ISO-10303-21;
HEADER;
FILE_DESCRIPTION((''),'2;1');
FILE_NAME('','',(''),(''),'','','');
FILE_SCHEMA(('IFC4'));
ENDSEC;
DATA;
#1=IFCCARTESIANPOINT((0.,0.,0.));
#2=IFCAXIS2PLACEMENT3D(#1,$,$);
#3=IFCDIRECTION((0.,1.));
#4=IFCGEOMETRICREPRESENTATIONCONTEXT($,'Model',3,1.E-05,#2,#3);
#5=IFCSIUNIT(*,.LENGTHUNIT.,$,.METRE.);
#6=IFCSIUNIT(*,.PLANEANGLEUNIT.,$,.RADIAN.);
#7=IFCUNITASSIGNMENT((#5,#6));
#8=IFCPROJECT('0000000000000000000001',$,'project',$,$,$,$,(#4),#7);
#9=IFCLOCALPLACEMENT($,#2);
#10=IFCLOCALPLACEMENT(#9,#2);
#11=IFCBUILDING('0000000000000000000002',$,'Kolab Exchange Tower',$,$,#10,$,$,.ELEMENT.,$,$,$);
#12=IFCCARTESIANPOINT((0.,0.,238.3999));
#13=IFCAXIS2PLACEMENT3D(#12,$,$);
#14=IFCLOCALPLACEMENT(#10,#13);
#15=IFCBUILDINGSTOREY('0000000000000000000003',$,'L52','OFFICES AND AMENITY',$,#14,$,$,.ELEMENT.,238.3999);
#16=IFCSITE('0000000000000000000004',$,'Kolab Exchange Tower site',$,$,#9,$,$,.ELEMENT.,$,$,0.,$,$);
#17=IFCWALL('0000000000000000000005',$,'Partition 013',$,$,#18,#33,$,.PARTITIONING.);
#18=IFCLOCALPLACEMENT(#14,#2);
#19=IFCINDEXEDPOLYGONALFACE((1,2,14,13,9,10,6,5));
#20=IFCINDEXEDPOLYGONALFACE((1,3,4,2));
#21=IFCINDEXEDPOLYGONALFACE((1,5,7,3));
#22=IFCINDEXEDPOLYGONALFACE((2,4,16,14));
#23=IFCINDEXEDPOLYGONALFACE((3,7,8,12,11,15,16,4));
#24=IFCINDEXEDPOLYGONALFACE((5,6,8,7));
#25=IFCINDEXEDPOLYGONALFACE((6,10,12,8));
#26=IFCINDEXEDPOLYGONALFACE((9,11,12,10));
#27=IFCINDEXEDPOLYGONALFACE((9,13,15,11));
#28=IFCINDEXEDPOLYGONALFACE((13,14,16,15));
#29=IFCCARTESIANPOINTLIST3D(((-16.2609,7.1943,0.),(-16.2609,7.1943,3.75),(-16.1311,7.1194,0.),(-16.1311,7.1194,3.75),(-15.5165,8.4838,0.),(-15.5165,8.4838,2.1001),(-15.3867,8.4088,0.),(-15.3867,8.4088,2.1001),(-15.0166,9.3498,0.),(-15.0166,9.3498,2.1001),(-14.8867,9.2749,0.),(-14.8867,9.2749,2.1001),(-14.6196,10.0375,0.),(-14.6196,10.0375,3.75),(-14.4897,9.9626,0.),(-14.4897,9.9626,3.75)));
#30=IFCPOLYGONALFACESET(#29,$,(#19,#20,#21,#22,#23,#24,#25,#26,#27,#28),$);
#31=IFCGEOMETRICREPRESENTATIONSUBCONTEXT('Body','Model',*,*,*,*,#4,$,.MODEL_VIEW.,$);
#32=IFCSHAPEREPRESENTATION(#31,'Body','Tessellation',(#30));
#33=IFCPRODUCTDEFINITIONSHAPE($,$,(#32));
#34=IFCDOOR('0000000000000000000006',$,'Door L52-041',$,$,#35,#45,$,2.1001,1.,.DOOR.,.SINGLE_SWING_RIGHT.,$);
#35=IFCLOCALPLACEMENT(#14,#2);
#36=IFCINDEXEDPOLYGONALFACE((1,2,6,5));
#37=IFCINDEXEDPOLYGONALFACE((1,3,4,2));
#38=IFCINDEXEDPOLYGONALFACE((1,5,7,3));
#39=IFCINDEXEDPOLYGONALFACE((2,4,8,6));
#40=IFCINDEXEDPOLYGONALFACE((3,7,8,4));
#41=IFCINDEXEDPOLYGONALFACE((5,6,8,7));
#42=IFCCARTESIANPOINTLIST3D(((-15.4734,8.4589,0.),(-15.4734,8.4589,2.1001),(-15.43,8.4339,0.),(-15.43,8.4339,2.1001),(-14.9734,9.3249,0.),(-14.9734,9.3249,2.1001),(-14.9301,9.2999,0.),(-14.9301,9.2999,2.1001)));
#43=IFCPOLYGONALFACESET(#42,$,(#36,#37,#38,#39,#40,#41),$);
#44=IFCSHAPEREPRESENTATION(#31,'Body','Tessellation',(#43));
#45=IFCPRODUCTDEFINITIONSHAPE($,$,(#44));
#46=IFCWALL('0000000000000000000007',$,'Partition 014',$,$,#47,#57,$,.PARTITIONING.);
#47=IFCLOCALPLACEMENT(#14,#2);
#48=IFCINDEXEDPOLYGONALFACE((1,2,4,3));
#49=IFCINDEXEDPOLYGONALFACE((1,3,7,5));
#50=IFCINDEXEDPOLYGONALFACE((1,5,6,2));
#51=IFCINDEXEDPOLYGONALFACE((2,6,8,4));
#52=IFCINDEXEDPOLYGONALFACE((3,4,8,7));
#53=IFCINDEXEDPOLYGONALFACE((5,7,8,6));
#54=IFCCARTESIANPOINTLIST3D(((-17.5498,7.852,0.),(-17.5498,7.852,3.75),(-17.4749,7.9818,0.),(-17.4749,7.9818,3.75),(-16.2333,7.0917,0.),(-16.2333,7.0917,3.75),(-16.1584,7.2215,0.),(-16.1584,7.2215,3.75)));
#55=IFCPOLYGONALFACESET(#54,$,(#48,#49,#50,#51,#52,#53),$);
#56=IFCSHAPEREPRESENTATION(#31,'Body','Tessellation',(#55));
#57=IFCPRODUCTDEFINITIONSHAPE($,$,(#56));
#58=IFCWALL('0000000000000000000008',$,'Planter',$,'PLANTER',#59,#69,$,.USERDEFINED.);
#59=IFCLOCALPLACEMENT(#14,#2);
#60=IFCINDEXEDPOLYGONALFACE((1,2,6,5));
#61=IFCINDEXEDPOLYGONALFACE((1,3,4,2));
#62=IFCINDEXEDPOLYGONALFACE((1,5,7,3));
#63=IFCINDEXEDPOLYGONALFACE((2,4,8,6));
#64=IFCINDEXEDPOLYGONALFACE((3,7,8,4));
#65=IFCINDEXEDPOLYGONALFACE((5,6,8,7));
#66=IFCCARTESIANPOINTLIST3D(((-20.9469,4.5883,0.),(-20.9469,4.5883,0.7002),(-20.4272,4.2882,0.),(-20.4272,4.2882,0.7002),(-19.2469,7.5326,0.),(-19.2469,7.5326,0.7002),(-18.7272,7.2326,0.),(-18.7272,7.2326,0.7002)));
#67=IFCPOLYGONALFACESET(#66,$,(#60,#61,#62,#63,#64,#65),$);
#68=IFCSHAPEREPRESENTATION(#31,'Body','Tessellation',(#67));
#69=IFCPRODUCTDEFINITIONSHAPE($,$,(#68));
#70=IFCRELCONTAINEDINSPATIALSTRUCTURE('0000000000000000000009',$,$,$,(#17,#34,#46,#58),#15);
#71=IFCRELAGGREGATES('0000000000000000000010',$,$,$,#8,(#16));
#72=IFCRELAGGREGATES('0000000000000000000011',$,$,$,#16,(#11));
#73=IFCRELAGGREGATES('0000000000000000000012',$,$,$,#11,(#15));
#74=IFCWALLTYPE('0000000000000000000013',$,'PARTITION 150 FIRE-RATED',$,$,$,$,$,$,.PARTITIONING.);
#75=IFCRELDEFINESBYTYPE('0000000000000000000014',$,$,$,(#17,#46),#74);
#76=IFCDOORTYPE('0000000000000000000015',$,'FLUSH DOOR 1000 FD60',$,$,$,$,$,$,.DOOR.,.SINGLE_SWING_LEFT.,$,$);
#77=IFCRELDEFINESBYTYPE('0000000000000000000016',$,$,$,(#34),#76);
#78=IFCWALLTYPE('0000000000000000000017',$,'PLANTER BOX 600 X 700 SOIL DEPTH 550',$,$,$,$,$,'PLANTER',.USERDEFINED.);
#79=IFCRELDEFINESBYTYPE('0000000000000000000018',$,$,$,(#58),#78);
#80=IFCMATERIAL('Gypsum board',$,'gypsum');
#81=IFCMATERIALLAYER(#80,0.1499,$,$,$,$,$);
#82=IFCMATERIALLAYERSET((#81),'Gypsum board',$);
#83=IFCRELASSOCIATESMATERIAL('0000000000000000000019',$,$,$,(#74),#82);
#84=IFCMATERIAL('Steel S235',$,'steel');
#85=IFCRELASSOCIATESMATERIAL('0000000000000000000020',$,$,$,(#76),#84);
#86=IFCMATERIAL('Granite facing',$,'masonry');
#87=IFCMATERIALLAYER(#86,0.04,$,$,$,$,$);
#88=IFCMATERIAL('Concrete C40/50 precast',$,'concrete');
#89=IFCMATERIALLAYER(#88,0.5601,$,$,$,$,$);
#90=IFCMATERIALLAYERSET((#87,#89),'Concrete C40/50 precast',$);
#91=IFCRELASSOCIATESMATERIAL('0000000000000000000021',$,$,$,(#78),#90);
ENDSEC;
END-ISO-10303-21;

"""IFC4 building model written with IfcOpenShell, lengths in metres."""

from ifc_helpers import new_model, si_unit, direction, frame, frame_2d, origin, place, context, subcontext, project, spatial, rectangle, extrude, material, layer, layer_set, type_object, element, fill, save


model = new_model("IFC4")

# Units and contexts
model_context = context("Model", 3, precision=1e-05, world=origin(), true_north=direction((0.0, 1.0)))
body_context = subcontext(model_context, "Body", "Model", "MODEL_VIEW")
ifc_project = project(units=[si_unit("LENGTHUNIT", "METRE"), si_unit("PLANEANGLEUNIT", "RADIAN")], contexts=[model_context])

# Site, building, storey
site_placement = place(None, origin())
site = spatial("IfcSite", under=ifc_project, at=site_placement, Name="Kolab Exchange Tower site", CompositionType="ELEMENT", RefElevation=0.0)
building_placement = place(site_placement, origin())
building = spatial("IfcBuilding", under=site, at=building_placement, Name="Kolab Exchange Tower", CompositionType="ELEMENT")
storey_placement = place(building_placement, frame((0.0, 0.0, 238.3999)))
storey = spatial("IfcBuildingStorey", under=building, at=storey_placement, Name="L52", Description="OFFICES AND AMENITY", CompositionType="ELEMENT", Elevation=238.3999)

# Wall, opening, door
ifc_material_1 = material(Name="Gypsum board", Category="gypsum")
ifc_layer_1 = layer(ifc_material_1, 0.1499)
ifc_layer_set_1 = layer_set([ifc_layer_1], Name="Gypsum board")
wall_type_1 = type_object("IfcWallType", Name="PARTITION 150 FIRE-RATED", PredefinedType="PARTITIONING", material=ifc_layer_set_1)
wall_1_placement = place(storey_placement, frame((-16.196, 7.1567, 0.0), z_axis=(0.0, 0.0, 1.0), x_axis=(0.499954, 0.866052, 0.0)))
wall_1 = element("IfcWall", 1, at=wall_1_placement, inside=storey, type_object=wall_type_1, Name="Partition 013", PredefinedType="PARTITIONING", context=body_context, shape_type="SweptSolid", body=[
    extrude(rectangle(XDim=3.283, YDim=0.1499, at=frame_2d((1.6416, 0.0))), origin(), (0.0, 0.0, 1.0), 3.75),
])
opening_1_placement = place(wall_1_placement, frame((1.489, 0.0, 0.0)))
opening_1 = element("IfcOpeningElement", 2, at=opening_1_placement, cuts=wall_1, PredefinedType="OPENING", context=body_context, shape_type="SweptSolid", body=[
    extrude(rectangle(XDim=1.0, YDim=2.1001, at=frame_2d((0.5, 1.05))), frame((0.0, 0.085, 0.0), z_axis=(0.0, -1.0, 0.0), x_axis=(1.0, 0.0, 0.0)), (0.0, 0.0, 1.0), 0.1699),
])
ifc_material_2 = material(Name="Steel S235", Category="steel")
door_type_1 = type_object("IfcDoorType", Name="FLUSH DOOR 1000 FD60", OperationType="SINGLE_SWING_LEFT", PredefinedType="DOOR", material=ifc_material_2)
door_1_placement = place(opening_1_placement, frame((1.0, 0.0, 0.0), z_axis=(0.0, 0.0, 1.0), x_axis=(-1.0, 0.0, 0.0)))
door_1 = element("IfcDoor", 3, at=door_1_placement, inside=storey, type_object=door_type_1, Name="Door L52-041", OperationType="SINGLE_SWING_RIGHT", OverallHeight=2.1001, OverallWidth=1.0, PredefinedType="DOOR", context=body_context, shape_type="SweptSolid", body=[
    extrude(rectangle(XDim=1.0, YDim=2.1001, at=frame_2d((0.5, 1.05))), frame((0.0, 0.0249, 0.0), z_axis=(0.0, -1.0, 0.0), x_axis=(1.0, 0.0, 0.0)), (0.0, 0.0, 1.0), 0.05),
])
fill(opening_1, door_1)

# Walls
wall_2_placement = place(storey_placement, frame((-17.5125, 7.917, 0.0), z_axis=(0.0, 0.0, 1.0), x_axis=(0.865961, -0.500112, 0.0)))
element("IfcWall", 4, at=wall_2_placement, inside=storey, type_object=wall_type_1, Name="Partition 014", PredefinedType="PARTITIONING", context=body_context, shape_type="SweptSolid", body=[
    extrude(rectangle(XDim=1.5203, YDim=0.1499, at=frame_2d((0.7603, 0.0))), origin(), (0.0, 0.0, 1.0), 3.75),
])
ifc_material_3 = material(Name="Granite facing", Category="masonry")
ifc_layer_2 = layer(ifc_material_3, 0.04)
ifc_material_4 = material(Name="Concrete C40/50 precast", Category="concrete")
ifc_layer_3 = layer(ifc_material_4, 0.5601)
ifc_layer_set_2 = layer_set([ifc_layer_2, ifc_layer_3], Name="Concrete C40/50 precast")
wall_type_2 = type_object("IfcWallType", Name="PLANTER BOX 600 X 700 SOIL DEPTH 550", ElementType="PLANTER", PredefinedType="USERDEFINED", material=ifc_layer_set_2)
wall_3_placement = place(storey_placement, frame((-20.687, 4.4382, 0.0), z_axis=(0.0, 0.0, 1.0), x_axis=(0.500008, 0.866021, 0.0)))
element("IfcWall", 5, at=wall_3_placement, inside=storey, type_object=wall_type_2, Name="Planter", ObjectType="PLANTER", PredefinedType="USERDEFINED", context=body_context, shape_type="SweptSolid", body=[
    extrude(rectangle(XDim=3.3999, YDim=0.6001, at=frame_2d((1.7, 0.0))), origin(), (0.0, 0.0, 1.0), 0.7002),
])

save(model, "model.ifc")
